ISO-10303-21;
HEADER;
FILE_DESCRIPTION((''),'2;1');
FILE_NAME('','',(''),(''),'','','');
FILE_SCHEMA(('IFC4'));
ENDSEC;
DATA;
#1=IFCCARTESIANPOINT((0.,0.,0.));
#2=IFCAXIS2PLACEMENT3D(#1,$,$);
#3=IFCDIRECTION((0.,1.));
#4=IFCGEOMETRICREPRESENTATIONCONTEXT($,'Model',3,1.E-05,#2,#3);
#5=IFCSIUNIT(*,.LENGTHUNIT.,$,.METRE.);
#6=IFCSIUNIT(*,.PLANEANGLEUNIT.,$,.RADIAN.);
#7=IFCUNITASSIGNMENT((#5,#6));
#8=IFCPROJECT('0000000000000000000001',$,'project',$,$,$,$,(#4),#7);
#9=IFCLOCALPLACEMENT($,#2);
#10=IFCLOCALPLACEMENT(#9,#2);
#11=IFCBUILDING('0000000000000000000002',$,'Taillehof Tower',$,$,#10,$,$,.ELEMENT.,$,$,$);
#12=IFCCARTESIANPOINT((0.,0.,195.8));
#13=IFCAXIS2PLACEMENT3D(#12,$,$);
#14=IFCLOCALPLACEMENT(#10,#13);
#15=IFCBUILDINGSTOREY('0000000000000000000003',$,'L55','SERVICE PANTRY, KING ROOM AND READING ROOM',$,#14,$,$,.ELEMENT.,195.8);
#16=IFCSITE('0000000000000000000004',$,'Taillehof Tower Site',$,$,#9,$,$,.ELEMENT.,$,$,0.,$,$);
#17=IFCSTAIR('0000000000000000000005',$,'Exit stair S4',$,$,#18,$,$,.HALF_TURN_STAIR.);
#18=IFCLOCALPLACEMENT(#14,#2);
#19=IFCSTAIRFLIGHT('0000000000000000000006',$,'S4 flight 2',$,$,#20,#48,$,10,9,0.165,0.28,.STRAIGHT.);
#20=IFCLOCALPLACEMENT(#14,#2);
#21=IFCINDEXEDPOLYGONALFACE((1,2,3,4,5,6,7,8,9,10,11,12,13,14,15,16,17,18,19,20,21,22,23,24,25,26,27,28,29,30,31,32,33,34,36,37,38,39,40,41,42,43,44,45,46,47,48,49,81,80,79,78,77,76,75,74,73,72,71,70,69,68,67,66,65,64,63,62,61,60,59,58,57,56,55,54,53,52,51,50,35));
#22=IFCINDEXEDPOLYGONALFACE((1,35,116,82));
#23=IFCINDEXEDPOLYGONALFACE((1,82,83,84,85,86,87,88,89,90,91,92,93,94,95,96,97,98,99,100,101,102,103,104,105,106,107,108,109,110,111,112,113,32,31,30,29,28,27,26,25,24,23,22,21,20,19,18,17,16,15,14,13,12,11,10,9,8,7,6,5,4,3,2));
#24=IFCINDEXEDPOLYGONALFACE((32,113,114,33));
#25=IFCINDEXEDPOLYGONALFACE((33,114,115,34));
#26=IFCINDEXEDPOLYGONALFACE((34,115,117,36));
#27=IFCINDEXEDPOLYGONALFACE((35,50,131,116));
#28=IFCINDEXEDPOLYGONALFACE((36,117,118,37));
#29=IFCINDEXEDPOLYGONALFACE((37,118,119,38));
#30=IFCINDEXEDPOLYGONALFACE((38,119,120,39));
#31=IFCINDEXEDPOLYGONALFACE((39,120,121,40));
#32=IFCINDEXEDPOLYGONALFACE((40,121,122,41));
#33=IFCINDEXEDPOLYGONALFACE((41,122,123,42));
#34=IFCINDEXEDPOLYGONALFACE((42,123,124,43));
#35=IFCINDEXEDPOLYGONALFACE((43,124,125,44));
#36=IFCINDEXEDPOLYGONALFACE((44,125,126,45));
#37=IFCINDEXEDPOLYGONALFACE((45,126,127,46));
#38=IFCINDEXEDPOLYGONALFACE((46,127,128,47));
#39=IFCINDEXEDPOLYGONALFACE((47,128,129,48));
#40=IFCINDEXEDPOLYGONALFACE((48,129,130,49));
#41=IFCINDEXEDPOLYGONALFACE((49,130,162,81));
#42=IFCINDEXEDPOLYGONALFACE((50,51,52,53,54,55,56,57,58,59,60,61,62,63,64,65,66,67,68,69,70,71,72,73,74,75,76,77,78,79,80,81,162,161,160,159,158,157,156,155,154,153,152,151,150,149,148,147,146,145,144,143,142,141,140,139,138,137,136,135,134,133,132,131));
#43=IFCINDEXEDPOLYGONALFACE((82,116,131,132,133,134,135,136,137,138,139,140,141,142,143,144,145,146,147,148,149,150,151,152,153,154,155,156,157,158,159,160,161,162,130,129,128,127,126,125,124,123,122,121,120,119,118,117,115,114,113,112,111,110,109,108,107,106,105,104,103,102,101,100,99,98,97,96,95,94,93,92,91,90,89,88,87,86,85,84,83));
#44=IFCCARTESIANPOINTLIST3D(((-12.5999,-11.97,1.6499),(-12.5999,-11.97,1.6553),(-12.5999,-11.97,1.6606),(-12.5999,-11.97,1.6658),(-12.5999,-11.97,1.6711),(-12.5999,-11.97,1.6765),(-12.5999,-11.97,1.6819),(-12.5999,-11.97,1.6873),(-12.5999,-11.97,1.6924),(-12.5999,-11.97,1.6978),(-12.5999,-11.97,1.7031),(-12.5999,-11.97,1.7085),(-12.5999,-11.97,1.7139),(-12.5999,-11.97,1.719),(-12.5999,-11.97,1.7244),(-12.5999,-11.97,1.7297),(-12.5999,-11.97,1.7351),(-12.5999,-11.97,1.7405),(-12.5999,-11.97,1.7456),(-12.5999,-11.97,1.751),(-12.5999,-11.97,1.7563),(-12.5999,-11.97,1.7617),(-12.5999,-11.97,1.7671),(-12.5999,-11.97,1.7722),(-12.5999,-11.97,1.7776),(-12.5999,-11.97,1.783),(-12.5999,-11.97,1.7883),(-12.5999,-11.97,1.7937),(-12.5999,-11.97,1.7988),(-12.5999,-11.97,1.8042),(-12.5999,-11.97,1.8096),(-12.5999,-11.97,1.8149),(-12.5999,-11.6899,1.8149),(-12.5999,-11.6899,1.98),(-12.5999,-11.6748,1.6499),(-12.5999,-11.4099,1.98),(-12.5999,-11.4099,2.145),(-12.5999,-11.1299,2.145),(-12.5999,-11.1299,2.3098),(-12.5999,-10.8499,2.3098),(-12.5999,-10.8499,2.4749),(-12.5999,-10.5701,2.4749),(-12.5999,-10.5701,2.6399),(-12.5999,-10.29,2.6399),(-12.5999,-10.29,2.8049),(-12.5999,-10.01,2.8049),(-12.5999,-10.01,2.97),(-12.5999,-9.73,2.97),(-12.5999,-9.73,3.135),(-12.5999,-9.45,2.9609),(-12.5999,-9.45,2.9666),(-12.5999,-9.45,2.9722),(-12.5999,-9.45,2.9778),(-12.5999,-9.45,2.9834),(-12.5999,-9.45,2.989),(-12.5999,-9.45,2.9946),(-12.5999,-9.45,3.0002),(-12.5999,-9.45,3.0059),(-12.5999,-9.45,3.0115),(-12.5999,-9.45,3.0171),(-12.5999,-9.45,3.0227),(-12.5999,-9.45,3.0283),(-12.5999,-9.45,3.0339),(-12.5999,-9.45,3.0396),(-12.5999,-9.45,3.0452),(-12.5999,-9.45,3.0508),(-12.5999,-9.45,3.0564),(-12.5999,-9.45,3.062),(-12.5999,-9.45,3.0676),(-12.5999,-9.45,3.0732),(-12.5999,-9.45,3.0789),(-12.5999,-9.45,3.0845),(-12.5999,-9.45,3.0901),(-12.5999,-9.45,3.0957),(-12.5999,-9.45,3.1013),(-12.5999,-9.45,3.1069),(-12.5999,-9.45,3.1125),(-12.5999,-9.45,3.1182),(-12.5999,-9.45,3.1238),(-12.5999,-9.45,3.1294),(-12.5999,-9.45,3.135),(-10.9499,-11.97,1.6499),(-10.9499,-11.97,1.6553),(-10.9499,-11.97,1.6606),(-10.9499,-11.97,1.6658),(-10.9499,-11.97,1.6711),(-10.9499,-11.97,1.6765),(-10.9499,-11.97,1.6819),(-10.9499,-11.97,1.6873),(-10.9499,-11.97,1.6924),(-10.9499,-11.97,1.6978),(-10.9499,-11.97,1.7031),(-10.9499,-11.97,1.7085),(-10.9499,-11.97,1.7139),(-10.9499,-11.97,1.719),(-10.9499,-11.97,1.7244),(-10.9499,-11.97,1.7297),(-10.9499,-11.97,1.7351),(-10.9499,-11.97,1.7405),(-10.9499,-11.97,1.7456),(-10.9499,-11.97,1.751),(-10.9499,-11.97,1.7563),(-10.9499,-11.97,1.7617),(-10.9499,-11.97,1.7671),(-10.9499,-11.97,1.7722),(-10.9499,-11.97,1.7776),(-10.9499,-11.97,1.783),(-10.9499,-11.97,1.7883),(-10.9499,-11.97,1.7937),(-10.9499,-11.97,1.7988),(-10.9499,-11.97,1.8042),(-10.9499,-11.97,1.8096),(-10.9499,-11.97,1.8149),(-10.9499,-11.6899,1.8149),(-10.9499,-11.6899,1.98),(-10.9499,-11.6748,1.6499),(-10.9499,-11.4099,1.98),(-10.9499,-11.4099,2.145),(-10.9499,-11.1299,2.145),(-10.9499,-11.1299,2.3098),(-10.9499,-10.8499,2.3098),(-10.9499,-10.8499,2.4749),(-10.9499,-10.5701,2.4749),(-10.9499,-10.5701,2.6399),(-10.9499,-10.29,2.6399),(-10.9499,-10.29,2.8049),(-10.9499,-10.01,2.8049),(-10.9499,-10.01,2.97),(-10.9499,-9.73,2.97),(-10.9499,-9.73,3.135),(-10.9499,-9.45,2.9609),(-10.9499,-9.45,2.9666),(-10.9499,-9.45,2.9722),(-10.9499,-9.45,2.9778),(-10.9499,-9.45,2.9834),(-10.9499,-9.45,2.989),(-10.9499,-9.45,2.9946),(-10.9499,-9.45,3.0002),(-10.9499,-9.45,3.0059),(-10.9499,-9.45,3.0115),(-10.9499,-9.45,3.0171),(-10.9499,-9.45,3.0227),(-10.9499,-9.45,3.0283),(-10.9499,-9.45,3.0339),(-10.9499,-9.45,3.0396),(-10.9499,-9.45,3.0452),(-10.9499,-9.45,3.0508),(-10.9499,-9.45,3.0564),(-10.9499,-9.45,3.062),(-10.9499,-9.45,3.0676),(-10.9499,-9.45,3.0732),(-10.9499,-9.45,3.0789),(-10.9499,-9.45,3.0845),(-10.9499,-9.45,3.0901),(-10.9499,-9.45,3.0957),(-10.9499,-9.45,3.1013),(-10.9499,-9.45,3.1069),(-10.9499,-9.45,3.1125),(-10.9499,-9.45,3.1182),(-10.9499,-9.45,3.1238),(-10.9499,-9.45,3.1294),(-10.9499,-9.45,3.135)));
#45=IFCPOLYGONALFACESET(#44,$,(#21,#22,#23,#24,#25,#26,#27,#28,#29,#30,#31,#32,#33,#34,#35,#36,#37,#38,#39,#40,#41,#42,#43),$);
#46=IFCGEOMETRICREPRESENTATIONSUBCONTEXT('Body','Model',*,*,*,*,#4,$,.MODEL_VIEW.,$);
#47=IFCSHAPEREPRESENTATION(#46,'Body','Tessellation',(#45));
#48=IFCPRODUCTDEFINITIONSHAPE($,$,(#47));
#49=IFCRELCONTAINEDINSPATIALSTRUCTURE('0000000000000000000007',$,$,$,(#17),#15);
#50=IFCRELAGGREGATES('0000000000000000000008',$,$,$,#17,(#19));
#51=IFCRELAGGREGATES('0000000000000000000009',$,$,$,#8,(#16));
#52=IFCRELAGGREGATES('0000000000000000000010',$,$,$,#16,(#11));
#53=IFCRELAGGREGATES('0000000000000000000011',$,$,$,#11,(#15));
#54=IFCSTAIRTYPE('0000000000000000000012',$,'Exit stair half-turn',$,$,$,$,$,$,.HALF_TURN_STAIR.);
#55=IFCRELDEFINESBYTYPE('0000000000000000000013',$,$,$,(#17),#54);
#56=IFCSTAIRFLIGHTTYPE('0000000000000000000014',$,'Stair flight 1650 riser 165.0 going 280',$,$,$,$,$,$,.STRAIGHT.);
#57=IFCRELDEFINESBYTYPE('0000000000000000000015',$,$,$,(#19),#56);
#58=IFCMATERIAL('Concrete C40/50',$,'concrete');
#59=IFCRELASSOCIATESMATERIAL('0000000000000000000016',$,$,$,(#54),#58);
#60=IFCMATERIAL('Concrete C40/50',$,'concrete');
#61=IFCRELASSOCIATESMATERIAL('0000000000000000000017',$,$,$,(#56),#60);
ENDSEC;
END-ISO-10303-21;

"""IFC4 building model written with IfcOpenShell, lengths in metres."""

from ifc_helpers import new_model, si_unit, direction, frame, origin, place, context, subcontext, project, spatial, polyline, outline, extrude, material, type_object, element, aggregate, save


model = new_model("IFC4")

# Units and contexts
model_context = context("Model", 3, precision=1e-05, world=origin(), true_north=direction((0.0, 1.0)))
body_context = subcontext(model_context, "Body", "Model", "MODEL_VIEW")
ifc_project = project(units=[si_unit("LENGTHUNIT", "METRE"), si_unit("PLANEANGLEUNIT", "RADIAN")], contexts=[model_context])

# Site, building, storey
site_placement = place(None, origin())
site = spatial("IfcSite", under=ifc_project, at=site_placement, Name="Taillehof Tower Site", CompositionType="ELEMENT", RefElevation=0.0)
building_placement = place(site_placement, origin())
building = spatial("IfcBuilding", under=site, at=building_placement, Name="Taillehof Tower", CompositionType="ELEMENT")
storey_placement = place(building_placement, frame((0.0, 0.0, 195.8)))
storey = spatial("IfcBuildingStorey", under=building, at=storey_placement, Name="L55", Description="SERVICE PANTRY, KING ROOM AND READING ROOM", CompositionType="ELEMENT", Elevation=195.8)

# Stair, stair flight
ifc_material_1 = material(Name="Concrete C40/50", Category="concrete")
stair_type = type_object("IfcStairType", Name="Exit stair half-turn", PredefinedType="HALF_TURN_STAIR", material=ifc_material_1)
stair_placement = place(storey_placement, origin())
stair = element("IfcStair", 1, at=stair_placement, inside=storey, type_object=stair_type, Name="Exit stair S4", PredefinedType="HALF_TURN_STAIR")
ifc_material_2 = material(Name="Concrete C40/50", Category="concrete")
stair_flight_type = type_object("IfcStairFlightType", Name="Stair flight 1650 riser 165.0 going 280", PredefinedType="STRAIGHT", material=ifc_material_2)
stair_flight_placement = place(storey_placement, frame((-11.7749, -11.97, 1.6499), z_axis=(0.0, 0.0, 1.0), x_axis=(0.0, 1.0, 0.0)))
stair_flight = element("IfcStairFlight", 2, at=stair_flight_placement, type_object=stair_flight_type, Name="S4 flight 2", NumberOfRisers=10, NumberOfTreads=9, PredefinedType="STRAIGHT", RiserHeight=0.165, TreadLength=0.28, context=body_context, shape_type="SweptSolid", body=[
    extrude(outline(polyline([(0.0, 0.0), (0.0, 0.0054), (0.0, 0.0107), (0.0, 0.0159), (0.0, 0.0212), (0.0, 0.0266), (0.0, 0.032), (0.0, 0.0374), (0.0, 0.0425), (0.0, 0.0479), (0.0, 0.0532), (0.0, 0.0586), (0.0, 0.064), (0.0, 0.0691), (0.0, 0.0745), (0.0, 0.0798), (0.0, 0.0852), (0.0, 0.0906), (0.0, 0.0957), (0.0, 0.1011), (0.0, 0.1064), (0.0, 0.1118), (0.0, 0.1172), (0.0, 0.1223), (0.0, 0.1277), (0.0, 0.1331), (0.0, 0.1384), (0.0, 0.1438), (0.0, 0.1489), (0.0, 0.1543), (0.0, 0.1597), (0.0, 0.165), (0.28, 0.165), (0.28, 0.3301), (0.5601, 0.3301), (0.5601, 0.4951), (0.8401, 0.4951), (0.8401, 0.6599), (1.1201, 0.6599), (1.1201, 0.825), (1.3999, 0.825), (1.3999, 0.99), (1.6799, 0.99), (1.6799, 1.155), (1.96, 1.155), (1.96, 1.3201), (2.24, 1.3201), (2.24, 1.4851), (2.52, 1.4851), (2.52, 1.4795), (2.52, 1.4739), (2.52, 1.4683), (2.52, 1.4626), (2.52, 1.457), (2.52, 1.4514), (2.52, 1.4458), (2.52, 1.4402), (2.52, 1.4346), (2.52, 1.429), (2.52, 1.4233), (2.52, 1.4177), (2.52, 1.4121), (2.52, 1.4065), (2.52, 1.4009), (2.52, 1.3953), (2.52, 1.3896), (2.52, 1.384), (2.52, 1.3784), (2.52, 1.3728), (2.52, 1.3672), (2.52, 1.3616), (2.52, 1.356), (2.52, 1.3503), (2.52, 1.3447), (2.52, 1.3391), (2.52, 1.3335), (2.52, 1.3279), (2.52, 1.3223), (2.52, 1.3167), (2.52, 1.311), (0.2952, 0.0), (0.0, 0.0)])), frame((0.0, 0.825, 0.0), z_axis=(0.0, -1.0, 0.0), x_axis=(1.0, 0.0, 0.0)), (0.0, 0.0, 1.0), 1.65),
])
aggregate(stair, [stair_flight])

save(model, "model.ifc")
